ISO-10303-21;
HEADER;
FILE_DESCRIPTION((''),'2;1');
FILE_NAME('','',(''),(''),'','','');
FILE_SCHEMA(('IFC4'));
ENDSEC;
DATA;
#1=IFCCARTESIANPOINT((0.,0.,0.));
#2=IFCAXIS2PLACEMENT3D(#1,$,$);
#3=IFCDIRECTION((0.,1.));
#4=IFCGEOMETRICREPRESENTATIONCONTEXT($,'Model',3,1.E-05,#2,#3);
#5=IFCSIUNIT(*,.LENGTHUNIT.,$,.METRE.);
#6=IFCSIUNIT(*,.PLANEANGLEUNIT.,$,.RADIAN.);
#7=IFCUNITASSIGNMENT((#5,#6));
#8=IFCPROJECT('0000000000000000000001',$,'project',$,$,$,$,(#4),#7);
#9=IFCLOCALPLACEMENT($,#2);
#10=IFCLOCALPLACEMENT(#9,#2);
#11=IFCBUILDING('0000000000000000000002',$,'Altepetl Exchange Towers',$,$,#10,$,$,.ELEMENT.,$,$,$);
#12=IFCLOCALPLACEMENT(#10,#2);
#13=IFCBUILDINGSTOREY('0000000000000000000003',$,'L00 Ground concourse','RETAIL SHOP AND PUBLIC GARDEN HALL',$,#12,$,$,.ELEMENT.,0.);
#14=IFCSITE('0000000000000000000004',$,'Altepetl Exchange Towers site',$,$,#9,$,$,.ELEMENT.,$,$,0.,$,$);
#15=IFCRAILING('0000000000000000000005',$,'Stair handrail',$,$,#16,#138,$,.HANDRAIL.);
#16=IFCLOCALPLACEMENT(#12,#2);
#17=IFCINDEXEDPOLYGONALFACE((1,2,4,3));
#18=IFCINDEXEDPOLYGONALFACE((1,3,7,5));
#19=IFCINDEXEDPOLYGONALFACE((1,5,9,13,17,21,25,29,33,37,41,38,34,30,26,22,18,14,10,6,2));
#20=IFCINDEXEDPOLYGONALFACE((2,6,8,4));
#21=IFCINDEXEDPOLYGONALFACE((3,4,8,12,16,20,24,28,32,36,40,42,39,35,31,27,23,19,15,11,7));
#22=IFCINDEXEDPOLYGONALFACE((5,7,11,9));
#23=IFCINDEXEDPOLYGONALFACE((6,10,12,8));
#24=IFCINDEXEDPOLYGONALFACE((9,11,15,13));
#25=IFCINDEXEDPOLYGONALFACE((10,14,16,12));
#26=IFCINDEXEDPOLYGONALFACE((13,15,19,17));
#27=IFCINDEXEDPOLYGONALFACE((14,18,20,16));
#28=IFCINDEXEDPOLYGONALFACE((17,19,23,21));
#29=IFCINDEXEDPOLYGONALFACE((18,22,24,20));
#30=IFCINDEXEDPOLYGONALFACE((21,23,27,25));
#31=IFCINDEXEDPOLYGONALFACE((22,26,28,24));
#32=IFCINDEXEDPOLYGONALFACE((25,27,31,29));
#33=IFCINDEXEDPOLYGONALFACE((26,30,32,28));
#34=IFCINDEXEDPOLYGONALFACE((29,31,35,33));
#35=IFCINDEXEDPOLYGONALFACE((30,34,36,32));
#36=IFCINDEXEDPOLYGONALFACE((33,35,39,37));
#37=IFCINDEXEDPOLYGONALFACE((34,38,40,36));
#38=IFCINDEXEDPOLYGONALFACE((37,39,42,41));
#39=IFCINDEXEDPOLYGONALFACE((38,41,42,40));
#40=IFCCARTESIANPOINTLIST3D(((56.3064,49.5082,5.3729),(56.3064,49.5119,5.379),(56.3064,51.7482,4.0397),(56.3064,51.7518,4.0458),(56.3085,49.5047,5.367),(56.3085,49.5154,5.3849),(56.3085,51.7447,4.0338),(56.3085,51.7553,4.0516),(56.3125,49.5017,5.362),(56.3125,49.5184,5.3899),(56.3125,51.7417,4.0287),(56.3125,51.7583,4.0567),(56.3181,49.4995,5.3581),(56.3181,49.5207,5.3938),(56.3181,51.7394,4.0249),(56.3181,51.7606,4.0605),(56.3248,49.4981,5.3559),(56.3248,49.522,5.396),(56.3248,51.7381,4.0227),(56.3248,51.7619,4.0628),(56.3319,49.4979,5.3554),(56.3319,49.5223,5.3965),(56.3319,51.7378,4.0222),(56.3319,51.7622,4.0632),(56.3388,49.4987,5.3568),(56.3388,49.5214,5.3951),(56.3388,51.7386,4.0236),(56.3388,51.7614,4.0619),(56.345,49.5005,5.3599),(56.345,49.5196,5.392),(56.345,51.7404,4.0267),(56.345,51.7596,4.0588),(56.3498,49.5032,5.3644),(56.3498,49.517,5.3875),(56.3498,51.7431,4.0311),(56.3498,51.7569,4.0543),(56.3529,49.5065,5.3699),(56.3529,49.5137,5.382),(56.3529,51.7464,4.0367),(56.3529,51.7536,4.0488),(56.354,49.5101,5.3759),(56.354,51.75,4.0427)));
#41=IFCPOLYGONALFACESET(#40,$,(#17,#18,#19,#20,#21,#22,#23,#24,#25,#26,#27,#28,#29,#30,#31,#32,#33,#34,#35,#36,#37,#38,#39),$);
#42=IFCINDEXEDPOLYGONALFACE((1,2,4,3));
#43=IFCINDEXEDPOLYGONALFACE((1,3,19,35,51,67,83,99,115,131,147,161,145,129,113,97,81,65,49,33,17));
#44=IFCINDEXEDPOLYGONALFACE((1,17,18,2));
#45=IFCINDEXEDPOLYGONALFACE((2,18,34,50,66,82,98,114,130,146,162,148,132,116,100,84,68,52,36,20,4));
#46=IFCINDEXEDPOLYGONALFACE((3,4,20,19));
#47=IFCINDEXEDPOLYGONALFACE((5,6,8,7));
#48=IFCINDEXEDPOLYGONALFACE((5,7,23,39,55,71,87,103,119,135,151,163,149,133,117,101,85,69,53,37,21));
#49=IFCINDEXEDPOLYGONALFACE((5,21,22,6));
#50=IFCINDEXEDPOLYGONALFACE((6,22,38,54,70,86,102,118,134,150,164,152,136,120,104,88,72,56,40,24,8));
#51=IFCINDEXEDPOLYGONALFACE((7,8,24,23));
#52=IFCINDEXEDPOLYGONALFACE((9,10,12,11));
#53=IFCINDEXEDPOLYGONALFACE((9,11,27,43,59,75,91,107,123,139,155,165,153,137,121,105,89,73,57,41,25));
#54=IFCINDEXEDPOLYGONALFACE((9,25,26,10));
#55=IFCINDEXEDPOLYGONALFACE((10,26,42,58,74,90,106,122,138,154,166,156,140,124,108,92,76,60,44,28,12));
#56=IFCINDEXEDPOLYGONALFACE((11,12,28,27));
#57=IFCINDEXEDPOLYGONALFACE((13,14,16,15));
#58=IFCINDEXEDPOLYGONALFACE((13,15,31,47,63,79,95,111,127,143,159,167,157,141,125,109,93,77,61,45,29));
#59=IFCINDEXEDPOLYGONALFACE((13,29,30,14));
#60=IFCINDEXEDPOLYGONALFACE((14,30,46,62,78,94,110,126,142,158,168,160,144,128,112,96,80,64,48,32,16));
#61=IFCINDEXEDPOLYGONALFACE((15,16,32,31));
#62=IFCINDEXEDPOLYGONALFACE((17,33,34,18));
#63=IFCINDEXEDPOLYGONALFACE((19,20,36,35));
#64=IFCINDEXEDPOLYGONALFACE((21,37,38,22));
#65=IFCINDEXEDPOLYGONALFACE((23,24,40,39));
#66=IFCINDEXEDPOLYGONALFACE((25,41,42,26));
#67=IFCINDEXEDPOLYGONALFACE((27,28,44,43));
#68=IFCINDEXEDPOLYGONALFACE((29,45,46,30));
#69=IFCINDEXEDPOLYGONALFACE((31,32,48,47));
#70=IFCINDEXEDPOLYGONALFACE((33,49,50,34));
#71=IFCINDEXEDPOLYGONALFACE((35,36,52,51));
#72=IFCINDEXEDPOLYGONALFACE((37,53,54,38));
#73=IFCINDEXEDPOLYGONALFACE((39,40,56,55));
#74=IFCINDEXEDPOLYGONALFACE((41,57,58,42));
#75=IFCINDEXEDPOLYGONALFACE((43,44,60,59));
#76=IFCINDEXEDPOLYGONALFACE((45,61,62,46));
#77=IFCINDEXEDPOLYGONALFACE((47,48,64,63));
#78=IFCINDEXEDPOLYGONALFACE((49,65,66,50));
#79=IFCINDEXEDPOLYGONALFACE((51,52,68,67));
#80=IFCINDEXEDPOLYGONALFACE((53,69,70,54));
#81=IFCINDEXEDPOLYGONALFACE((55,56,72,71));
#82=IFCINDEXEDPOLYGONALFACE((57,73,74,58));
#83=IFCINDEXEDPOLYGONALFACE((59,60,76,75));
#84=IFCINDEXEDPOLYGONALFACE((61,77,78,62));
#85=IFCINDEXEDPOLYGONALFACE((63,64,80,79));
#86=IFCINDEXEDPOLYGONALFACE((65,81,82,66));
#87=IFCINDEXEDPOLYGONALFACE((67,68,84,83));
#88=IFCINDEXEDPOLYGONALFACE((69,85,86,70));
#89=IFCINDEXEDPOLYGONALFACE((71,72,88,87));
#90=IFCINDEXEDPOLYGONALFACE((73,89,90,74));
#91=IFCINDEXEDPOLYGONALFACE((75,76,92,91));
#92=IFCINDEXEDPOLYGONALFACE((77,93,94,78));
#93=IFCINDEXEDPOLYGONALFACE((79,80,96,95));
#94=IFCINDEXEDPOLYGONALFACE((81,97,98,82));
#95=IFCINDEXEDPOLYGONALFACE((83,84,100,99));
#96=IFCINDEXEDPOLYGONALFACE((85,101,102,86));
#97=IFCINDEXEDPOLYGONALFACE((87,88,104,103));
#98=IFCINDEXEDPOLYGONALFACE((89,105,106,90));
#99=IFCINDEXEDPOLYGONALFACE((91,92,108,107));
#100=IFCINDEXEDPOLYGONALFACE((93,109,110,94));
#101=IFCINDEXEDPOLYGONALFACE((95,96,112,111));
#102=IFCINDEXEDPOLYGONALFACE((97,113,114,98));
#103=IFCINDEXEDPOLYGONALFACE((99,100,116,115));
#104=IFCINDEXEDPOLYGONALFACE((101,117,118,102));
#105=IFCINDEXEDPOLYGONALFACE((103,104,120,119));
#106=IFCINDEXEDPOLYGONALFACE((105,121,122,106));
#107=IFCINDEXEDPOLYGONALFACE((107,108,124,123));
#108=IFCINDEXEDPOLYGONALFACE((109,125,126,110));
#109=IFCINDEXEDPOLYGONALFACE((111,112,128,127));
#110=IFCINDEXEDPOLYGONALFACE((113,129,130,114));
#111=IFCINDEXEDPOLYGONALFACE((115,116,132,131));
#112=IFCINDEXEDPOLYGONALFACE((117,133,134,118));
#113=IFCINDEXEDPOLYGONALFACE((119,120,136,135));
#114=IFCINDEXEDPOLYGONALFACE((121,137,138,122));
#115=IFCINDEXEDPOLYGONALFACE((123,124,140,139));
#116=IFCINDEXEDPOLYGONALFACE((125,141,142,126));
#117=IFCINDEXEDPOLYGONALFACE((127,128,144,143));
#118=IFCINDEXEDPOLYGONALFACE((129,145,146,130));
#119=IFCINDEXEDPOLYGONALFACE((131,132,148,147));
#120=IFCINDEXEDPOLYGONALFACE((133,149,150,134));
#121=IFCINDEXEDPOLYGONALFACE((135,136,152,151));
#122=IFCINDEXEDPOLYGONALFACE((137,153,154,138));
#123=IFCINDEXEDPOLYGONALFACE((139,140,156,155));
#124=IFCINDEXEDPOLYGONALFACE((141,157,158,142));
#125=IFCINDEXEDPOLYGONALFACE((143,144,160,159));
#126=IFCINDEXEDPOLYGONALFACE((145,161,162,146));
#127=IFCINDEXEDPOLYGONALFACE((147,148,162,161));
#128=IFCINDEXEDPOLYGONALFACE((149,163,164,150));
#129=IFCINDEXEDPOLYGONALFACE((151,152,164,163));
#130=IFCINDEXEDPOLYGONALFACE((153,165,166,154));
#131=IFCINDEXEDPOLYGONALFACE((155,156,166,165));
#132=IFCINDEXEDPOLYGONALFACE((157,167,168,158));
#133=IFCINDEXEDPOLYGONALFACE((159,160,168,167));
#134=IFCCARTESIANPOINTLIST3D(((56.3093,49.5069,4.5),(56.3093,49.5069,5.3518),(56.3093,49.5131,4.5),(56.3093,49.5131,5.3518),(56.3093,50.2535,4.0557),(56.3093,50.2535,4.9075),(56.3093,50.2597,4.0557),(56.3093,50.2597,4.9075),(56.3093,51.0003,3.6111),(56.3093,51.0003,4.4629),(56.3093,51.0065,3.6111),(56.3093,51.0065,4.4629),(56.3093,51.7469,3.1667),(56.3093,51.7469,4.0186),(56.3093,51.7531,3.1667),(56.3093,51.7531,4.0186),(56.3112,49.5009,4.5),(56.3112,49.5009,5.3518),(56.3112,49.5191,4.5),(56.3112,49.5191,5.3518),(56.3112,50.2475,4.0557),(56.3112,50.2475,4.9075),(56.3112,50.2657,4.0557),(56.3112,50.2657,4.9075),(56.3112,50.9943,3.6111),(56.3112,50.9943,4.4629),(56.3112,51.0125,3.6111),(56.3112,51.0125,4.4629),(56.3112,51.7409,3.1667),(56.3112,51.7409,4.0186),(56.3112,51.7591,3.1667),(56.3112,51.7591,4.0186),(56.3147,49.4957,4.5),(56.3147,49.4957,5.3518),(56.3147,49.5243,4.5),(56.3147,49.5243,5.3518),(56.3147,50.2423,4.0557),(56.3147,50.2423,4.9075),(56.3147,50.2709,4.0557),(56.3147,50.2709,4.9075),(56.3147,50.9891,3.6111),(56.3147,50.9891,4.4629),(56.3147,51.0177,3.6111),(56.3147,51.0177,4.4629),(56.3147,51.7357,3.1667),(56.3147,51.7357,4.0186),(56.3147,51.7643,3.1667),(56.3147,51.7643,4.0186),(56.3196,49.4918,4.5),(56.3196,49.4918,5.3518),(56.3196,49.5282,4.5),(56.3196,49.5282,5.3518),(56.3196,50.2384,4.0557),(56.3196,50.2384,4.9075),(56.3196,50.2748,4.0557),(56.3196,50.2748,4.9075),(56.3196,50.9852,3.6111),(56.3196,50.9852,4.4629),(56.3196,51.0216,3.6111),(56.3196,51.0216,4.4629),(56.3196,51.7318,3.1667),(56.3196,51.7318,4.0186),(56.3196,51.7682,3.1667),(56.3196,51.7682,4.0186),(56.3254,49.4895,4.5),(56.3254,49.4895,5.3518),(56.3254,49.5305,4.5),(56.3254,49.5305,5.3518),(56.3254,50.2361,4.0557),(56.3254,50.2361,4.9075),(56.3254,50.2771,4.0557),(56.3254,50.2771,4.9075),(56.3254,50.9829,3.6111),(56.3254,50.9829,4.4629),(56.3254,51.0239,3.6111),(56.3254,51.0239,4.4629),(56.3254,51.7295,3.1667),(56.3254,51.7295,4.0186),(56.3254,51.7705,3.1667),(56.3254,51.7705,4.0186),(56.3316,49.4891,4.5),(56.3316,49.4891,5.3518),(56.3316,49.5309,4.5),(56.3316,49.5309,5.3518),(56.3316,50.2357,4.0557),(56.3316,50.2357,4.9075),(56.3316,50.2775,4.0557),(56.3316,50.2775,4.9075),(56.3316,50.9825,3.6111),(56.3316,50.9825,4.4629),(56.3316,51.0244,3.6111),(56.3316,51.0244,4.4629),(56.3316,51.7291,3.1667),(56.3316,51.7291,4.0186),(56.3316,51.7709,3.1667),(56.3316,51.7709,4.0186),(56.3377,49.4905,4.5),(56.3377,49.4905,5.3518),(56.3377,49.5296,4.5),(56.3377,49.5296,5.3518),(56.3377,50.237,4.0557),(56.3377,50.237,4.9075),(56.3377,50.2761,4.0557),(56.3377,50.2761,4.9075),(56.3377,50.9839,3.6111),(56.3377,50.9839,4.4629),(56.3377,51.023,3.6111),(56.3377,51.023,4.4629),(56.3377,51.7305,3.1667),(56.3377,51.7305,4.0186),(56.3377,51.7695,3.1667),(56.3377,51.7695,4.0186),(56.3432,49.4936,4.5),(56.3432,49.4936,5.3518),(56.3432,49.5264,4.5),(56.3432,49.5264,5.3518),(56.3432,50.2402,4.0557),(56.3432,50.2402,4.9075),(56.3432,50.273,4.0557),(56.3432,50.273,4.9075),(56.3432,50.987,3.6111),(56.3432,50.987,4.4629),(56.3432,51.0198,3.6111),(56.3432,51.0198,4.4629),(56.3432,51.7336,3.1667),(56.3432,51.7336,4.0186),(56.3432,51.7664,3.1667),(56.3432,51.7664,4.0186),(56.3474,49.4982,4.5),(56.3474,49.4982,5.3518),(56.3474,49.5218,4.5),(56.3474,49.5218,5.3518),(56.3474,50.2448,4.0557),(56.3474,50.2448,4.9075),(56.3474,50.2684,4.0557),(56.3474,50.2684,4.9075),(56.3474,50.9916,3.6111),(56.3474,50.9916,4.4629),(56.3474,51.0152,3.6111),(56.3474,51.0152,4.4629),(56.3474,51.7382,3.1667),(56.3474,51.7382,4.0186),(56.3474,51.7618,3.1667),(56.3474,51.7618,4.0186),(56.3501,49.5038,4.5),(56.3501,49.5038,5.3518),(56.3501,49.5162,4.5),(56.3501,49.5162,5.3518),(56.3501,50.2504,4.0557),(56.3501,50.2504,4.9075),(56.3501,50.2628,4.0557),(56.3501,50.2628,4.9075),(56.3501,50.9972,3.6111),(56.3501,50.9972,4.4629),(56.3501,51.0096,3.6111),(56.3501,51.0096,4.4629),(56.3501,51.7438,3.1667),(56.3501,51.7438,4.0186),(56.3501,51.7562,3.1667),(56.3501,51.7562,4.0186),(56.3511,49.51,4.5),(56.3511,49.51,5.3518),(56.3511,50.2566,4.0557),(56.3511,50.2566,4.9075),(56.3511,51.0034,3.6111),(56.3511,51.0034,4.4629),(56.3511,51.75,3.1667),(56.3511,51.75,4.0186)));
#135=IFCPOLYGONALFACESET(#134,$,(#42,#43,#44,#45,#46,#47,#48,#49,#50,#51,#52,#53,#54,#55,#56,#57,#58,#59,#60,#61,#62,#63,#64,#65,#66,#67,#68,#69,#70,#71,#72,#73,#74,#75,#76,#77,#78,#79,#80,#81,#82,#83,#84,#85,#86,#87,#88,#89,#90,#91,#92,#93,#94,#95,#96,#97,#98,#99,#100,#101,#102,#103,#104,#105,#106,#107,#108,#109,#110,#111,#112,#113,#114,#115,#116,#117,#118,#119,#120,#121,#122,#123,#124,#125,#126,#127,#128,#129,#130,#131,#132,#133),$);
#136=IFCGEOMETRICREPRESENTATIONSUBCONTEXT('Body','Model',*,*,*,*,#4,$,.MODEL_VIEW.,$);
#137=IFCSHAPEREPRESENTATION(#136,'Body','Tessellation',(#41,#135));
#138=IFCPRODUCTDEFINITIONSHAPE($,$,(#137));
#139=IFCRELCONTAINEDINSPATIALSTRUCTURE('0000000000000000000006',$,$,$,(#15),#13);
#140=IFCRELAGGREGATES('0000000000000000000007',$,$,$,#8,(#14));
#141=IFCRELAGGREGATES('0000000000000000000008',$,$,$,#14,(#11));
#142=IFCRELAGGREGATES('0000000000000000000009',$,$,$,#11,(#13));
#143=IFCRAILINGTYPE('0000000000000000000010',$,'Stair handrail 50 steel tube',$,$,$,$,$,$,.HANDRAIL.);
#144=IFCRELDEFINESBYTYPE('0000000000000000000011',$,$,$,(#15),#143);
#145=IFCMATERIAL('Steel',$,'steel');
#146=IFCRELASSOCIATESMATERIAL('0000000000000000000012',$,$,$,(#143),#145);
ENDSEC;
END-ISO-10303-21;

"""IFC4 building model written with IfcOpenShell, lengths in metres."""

from ifc_helpers import new_model, si_unit, direction, frame, origin, origin_2d, place, context, subcontext, project, spatial, circle, extrude, source, transform, mapped, material, type_object, element, save


model = new_model("IFC4")

# Units and contexts
model_context = context("Model", 3, precision=1e-05, world=origin(), true_north=direction((0.0, 1.0)))
body_context = subcontext(model_context, "Body", "Model", "MODEL_VIEW")
ifc_project = project(units=[si_unit("LENGTHUNIT", "METRE"), si_unit("PLANEANGLEUNIT", "RADIAN")], contexts=[model_context])

# Site, building, storey
site_placement = place(None, origin())
site = spatial("IfcSite", under=ifc_project, at=site_placement, Name="Altepetl Exchange Towers site", CompositionType="ELEMENT", RefElevation=0.0)
building_placement = place(site_placement, origin())
building = spatial("IfcBuilding", under=site, at=building_placement, Name="Altepetl Exchange Towers", CompositionType="ELEMENT")
storey_placement = place(building_placement, origin())
storey = spatial("IfcBuildingStorey", under=building, at=storey_placement, Name="L00 Ground concourse", Description="RETAIL SHOP AND PUBLIC GARDEN HALL", CompositionType="ELEMENT", Elevation=0.0)

# Railing
ifc_material_1 = material(Name="Steel", Category="steel")
railing_type = type_object("IfcRailingType", Name="Stair handrail 50 steel tube", PredefinedType="HANDRAIL", material=ifc_material_1)
shared_shape = source(origin(), body_context, "Body", "SweptSolid", [
    extrude(circle(Radius=0.021, at=origin_2d()), origin(), (0.0, 0.0, 1.0), 0.8518),
])
railing_1_placement = place(storey_placement, frame((56.3301, 51.75, 3.1667)))
element("IfcRailing", 1, at=railing_1_placement, inside=storey, type_object=railing_type, Name="Stair handrail", PredefinedType="HANDRAIL", context=body_context, shape_type="SweptSolid", body=[
    extrude(circle(Radius=0.0239, at=origin_2d()), frame((0.0, 0.0, 0.876), z_axis=(0.0, -0.859306, 0.511462), x_axis=(1.0, 0.0, 0.0)), (0.0, 0.0, 1.0), 2.6067),
    mapped(shared_shape, transform((0.0, 0.0, 0.0))),
    mapped(shared_shape, transform((0.0, -0.7466, 0.4443))),
    mapped(shared_shape, transform((0.0, -1.4934, 0.8889))),
    mapped(shared_shape, transform((0.0, -2.24, 1.3333))),
])

save(model, "model.ifc")
